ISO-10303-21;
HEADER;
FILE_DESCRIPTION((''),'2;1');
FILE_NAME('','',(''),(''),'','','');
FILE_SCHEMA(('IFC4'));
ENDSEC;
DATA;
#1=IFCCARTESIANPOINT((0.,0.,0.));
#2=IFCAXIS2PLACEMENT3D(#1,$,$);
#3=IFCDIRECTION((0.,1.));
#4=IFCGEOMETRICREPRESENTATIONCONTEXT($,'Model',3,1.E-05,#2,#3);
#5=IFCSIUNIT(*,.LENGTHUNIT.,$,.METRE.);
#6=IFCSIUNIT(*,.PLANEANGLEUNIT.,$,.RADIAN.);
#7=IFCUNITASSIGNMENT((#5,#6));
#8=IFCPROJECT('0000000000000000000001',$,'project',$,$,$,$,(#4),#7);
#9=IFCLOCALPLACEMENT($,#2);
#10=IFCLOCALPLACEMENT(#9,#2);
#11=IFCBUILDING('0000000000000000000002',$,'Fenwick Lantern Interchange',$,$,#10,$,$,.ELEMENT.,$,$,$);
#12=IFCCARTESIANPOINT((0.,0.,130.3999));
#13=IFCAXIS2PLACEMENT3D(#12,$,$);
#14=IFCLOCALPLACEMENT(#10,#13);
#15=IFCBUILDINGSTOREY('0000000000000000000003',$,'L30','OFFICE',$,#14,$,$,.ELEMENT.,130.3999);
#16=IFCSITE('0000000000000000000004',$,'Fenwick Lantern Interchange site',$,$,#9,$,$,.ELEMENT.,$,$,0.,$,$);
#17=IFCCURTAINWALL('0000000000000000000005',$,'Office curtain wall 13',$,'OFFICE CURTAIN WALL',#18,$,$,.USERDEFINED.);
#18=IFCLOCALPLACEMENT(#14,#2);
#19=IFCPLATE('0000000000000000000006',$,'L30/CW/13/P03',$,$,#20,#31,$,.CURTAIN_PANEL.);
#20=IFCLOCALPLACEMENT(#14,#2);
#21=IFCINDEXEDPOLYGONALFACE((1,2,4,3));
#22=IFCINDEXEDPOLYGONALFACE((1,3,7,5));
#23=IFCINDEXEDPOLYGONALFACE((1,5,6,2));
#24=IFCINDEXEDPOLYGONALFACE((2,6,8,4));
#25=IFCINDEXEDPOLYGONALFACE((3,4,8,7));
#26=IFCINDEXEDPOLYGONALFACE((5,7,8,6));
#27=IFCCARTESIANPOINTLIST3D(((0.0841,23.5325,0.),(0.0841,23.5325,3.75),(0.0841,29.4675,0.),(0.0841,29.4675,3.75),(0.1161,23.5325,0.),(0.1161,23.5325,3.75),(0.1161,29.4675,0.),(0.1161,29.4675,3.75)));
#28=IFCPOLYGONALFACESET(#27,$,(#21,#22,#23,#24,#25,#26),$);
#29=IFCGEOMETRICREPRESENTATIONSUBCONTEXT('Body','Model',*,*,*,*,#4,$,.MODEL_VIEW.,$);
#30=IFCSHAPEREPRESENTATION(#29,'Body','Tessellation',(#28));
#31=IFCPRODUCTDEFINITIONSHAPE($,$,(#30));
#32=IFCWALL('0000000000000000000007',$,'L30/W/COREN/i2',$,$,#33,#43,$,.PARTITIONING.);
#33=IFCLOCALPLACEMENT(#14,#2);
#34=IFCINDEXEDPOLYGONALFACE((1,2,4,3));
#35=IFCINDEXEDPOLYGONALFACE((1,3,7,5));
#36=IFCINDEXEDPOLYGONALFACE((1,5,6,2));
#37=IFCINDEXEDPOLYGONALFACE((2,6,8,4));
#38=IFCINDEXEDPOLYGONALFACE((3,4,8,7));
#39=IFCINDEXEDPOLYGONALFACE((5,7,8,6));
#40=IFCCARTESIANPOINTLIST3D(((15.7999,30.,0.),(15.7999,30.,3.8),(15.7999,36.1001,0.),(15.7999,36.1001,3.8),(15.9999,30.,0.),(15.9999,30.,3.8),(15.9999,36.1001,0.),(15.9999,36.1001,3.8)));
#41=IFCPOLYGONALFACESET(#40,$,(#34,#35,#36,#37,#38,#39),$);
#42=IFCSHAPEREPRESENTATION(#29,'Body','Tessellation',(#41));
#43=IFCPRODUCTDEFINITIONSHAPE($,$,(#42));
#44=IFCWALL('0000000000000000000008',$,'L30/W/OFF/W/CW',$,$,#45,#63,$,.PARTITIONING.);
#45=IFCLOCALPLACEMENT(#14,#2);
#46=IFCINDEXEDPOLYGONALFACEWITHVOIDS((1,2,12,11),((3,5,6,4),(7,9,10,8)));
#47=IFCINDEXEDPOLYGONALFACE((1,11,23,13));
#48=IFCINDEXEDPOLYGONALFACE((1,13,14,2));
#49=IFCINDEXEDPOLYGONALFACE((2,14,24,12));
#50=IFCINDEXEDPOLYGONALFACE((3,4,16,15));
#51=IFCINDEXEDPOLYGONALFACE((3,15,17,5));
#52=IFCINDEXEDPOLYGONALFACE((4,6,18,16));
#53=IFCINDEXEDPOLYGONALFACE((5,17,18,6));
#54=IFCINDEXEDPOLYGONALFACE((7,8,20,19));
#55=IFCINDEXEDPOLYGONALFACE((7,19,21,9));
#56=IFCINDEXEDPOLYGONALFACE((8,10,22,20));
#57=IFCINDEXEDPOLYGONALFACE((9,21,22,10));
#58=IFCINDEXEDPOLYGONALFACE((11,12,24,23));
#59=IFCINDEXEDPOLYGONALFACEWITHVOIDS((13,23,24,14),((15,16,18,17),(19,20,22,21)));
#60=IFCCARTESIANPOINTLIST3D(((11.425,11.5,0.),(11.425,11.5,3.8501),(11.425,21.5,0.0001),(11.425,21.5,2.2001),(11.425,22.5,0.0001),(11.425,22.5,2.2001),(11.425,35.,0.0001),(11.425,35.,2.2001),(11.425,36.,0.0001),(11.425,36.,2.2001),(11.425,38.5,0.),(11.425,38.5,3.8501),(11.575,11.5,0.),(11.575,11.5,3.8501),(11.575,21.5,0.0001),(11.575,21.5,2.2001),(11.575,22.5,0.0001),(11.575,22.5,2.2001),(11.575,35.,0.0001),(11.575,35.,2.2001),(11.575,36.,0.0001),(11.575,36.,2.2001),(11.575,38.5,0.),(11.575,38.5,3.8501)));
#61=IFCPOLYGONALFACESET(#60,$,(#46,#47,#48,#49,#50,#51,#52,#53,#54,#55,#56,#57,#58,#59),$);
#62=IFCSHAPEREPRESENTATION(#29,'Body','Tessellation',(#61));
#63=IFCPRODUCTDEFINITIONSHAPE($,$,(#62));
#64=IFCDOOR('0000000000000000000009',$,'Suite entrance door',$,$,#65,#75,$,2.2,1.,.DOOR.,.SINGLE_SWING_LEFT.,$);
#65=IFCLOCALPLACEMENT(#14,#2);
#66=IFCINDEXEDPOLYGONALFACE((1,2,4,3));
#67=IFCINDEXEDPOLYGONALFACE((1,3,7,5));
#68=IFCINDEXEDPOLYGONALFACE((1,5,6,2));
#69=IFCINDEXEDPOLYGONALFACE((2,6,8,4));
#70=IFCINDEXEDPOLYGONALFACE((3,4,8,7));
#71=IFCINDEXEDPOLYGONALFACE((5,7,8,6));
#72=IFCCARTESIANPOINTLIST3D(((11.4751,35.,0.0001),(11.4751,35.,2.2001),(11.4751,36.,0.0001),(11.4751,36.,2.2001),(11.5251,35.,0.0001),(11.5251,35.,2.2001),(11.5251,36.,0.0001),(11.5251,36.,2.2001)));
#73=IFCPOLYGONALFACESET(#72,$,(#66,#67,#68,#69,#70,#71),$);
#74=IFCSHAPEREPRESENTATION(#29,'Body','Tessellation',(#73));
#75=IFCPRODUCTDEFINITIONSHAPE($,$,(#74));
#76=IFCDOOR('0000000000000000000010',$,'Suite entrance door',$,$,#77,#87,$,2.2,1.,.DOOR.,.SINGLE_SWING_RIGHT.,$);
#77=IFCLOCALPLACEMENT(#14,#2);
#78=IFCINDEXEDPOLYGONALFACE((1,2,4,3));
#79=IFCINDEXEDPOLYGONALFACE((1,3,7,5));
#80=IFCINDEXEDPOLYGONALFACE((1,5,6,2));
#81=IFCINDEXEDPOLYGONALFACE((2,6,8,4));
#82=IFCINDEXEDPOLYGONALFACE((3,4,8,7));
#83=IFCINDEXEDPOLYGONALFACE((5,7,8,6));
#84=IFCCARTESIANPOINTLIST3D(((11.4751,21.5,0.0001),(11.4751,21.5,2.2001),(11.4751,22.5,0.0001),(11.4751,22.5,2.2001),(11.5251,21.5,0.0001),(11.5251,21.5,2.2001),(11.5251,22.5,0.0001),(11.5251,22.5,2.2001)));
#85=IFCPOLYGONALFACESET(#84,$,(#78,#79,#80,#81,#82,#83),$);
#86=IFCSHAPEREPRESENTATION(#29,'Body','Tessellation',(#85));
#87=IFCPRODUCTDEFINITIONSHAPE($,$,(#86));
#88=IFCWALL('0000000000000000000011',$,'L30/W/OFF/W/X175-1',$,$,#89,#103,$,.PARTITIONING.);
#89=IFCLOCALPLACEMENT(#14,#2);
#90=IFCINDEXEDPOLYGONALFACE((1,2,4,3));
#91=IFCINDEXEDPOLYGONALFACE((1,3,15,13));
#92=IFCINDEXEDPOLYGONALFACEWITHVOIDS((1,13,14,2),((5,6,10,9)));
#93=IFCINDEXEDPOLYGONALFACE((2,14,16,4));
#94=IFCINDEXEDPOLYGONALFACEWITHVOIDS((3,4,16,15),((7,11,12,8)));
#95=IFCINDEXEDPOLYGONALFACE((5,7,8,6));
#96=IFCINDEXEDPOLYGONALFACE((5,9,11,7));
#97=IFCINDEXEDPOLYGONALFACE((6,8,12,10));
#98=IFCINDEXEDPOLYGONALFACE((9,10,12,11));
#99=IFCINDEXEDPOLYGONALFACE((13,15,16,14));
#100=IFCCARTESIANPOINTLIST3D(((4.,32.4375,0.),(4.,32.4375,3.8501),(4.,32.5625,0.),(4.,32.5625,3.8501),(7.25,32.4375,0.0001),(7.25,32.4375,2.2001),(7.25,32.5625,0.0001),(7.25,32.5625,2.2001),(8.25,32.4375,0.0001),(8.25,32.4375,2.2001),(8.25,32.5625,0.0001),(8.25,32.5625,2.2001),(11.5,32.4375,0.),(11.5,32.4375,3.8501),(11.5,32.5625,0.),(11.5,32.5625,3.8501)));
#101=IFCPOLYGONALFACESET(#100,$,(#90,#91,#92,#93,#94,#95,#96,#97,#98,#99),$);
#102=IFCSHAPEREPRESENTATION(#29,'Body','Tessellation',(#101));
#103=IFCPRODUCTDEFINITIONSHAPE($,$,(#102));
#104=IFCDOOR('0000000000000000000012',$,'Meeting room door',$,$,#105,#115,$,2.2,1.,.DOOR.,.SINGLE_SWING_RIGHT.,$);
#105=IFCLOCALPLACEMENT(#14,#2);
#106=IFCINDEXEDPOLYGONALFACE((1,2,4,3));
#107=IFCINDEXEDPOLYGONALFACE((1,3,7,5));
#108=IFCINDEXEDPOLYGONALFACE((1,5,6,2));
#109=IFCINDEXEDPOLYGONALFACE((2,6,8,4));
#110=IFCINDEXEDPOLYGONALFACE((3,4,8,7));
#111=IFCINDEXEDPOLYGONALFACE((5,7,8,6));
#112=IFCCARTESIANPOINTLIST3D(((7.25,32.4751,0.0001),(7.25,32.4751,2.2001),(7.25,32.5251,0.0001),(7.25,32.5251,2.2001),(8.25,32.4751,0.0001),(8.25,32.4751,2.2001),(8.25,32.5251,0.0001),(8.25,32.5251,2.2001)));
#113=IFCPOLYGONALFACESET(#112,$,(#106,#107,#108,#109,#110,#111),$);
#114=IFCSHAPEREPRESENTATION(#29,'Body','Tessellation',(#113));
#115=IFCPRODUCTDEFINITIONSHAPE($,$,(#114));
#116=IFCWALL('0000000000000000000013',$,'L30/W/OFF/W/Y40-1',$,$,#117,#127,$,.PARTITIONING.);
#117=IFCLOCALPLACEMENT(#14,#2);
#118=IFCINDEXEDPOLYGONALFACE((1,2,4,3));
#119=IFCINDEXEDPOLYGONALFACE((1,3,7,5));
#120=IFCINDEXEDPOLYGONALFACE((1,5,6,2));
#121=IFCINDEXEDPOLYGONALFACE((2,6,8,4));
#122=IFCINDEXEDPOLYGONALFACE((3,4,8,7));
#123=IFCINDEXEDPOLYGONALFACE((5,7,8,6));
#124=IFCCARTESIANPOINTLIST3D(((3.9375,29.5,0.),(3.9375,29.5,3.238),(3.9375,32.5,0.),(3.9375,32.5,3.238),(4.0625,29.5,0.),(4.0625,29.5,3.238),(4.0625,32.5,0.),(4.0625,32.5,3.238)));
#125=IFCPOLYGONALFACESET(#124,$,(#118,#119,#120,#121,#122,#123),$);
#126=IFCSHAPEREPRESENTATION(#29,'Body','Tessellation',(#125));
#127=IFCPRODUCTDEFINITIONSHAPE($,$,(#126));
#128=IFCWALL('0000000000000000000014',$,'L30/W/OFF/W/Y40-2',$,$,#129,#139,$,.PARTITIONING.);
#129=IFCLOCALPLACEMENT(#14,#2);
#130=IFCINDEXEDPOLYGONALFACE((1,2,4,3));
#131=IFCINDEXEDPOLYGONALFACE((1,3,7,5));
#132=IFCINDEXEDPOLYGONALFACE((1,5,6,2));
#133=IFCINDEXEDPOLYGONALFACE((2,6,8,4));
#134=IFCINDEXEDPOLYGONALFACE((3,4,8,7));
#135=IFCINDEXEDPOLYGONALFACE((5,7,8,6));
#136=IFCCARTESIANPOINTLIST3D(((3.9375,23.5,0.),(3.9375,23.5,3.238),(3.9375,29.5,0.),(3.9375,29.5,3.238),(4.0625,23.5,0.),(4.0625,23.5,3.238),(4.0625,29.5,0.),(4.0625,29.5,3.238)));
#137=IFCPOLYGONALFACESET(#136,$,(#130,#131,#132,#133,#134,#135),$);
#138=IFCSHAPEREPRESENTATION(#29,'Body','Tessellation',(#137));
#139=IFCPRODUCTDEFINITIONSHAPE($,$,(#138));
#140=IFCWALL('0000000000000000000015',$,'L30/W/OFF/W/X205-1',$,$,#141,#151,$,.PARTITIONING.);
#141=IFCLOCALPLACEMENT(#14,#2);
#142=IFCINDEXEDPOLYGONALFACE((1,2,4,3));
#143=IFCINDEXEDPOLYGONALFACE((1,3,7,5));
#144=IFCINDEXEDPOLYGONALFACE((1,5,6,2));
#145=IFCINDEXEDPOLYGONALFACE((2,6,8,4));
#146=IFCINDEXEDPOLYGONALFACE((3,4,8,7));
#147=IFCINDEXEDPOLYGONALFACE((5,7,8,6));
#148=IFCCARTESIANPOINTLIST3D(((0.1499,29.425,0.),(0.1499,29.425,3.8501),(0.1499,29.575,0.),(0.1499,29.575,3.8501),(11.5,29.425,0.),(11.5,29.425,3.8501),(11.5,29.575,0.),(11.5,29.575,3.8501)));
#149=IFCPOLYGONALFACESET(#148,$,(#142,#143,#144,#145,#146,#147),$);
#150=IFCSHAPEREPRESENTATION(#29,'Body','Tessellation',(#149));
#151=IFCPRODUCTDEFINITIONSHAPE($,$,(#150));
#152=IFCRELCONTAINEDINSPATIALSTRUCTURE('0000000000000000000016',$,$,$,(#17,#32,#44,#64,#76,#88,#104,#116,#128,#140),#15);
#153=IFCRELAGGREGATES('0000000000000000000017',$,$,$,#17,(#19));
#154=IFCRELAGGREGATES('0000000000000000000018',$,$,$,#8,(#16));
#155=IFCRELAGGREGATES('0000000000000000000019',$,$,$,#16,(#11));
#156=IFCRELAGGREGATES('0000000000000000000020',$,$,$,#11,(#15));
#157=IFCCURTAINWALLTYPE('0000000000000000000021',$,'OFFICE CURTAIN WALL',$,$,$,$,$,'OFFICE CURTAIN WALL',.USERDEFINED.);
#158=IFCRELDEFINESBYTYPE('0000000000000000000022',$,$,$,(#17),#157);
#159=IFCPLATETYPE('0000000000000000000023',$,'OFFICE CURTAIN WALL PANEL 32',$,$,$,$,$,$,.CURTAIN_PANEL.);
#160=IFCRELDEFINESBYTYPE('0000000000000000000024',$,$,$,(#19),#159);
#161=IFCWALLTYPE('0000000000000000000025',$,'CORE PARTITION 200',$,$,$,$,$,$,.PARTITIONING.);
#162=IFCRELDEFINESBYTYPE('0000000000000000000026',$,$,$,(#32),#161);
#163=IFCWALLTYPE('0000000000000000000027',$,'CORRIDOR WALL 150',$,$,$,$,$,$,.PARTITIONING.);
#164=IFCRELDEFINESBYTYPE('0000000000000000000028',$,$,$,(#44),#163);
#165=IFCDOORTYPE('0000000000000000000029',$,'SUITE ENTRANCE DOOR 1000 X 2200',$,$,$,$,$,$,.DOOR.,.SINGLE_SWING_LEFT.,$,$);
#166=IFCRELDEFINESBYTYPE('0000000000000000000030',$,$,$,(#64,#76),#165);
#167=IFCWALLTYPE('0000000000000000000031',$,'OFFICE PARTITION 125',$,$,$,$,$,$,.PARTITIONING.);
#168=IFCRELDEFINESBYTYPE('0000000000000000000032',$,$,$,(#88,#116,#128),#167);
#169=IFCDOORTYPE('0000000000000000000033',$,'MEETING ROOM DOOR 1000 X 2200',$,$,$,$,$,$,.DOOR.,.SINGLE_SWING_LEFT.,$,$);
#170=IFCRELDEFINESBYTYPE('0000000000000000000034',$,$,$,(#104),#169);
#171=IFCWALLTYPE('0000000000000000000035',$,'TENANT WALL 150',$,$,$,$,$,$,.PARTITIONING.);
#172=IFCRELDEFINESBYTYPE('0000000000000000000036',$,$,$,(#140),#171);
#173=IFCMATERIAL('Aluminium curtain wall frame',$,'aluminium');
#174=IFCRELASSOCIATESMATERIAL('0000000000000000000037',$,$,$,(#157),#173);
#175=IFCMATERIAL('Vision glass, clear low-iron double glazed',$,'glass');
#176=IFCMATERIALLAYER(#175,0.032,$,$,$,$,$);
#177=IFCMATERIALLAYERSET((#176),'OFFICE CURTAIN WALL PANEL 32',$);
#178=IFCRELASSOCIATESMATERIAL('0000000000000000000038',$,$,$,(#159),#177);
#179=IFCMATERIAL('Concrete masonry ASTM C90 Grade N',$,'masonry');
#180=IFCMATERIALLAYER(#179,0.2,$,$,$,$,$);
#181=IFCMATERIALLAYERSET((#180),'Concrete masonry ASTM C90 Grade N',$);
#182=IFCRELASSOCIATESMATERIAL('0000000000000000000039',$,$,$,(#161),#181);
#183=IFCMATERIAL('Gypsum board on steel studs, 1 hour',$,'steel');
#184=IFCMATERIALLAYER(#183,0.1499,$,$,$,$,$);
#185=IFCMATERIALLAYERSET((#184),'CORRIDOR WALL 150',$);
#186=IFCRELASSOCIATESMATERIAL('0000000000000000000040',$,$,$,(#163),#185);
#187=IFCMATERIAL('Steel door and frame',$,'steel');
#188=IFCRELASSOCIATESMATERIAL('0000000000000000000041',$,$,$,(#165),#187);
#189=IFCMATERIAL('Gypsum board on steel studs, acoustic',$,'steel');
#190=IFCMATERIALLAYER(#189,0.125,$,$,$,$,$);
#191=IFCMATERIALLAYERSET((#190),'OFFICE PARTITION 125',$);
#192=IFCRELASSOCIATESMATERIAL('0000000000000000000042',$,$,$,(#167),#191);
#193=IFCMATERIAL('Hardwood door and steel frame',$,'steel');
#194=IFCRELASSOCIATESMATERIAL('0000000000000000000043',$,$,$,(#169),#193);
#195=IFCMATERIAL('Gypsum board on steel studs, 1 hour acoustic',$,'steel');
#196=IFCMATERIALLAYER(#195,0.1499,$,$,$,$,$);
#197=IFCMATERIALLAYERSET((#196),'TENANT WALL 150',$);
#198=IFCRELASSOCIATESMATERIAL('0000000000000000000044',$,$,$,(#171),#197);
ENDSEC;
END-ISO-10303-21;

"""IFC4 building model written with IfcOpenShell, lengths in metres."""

from ifc_helpers import new_model, si_unit, direction, frame, frame_2d, origin, origin_2d, place, context, subcontext, project, spatial, rectangle, extrude, material, layer, layer_set, type_object, element, fill, aggregate, save


model = new_model("IFC4")

# Units and contexts
model_context = context("Model", 3, precision=1e-05, world=origin(), true_north=direction((0.0, 1.0)))
body_context = subcontext(model_context, "Body", "Model", "MODEL_VIEW")
ifc_project = project(units=[si_unit("LENGTHUNIT", "METRE"), si_unit("PLANEANGLEUNIT", "RADIAN")], contexts=[model_context])

# Site, building, storey
site_placement = place(None, origin())
site = spatial("IfcSite", under=ifc_project, at=site_placement, Name="Fenwick Lantern Interchange site", CompositionType="ELEMENT", RefElevation=0.0)
building_placement = place(site_placement, origin())
building = spatial("IfcBuilding", under=site, at=building_placement, Name="Fenwick Lantern Interchange", CompositionType="ELEMENT")
storey_placement = place(building_placement, frame((0.0, 0.0, 130.3999)))
storey = spatial("IfcBuildingStorey", under=building, at=storey_placement, Name="L30", Description="OFFICE", CompositionType="ELEMENT", Elevation=130.3999)

# Curtain wall, plate
ifc_material_1 = material(Name="Aluminium curtain wall frame", Category="aluminium")
curtain_wall_type = type_object("IfcCurtainWallType", Name="OFFICE CURTAIN WALL", ElementType="OFFICE CURTAIN WALL", PredefinedType="USERDEFINED", material=ifc_material_1)
curtain_wall_placement = place(storey_placement, origin())
curtain_wall = element("IfcCurtainWall", 1, at=curtain_wall_placement, inside=storey, type_object=curtain_wall_type, Name="Office curtain wall 13", ObjectType="OFFICE CURTAIN WALL", PredefinedType="USERDEFINED")
ifc_material_2 = material(Name="Vision glass, clear low-iron double glazed", Category="glass")
ifc_layer_1 = layer(ifc_material_2, 0.032)
ifc_layer_set_1 = layer_set([ifc_layer_1], Name="OFFICE CURTAIN WALL PANEL 32")
plate_type = type_object("IfcPlateType", Name="OFFICE CURTAIN WALL PANEL 32", PredefinedType="CURTAIN_PANEL", material=ifc_layer_set_1)
plate_placement = place(storey_placement, frame((0.1001, 26.5, 0.0), z_axis=(0.0, 0.0, 1.0), x_axis=(0.0, -1.0, 0.0)))
plate = element("IfcPlate", 2, at=plate_placement, type_object=plate_type, Name="L30/CW/13/P03", PredefinedType="CURTAIN_PANEL", context=body_context, shape_type="SweptSolid", body=[
    extrude(rectangle(XDim=5.9351, YDim=0.032, at=origin_2d()), origin(), (0.0, 0.0, 1.0), 3.75),
])
aggregate(curtain_wall, [plate])

# Wall
ifc_material_3 = material(Name="Concrete masonry ASTM C90 Grade N", Category="masonry")
ifc_layer_2 = layer(ifc_material_3, 0.2)
ifc_layer_set_2 = layer_set([ifc_layer_2], Name="Concrete masonry ASTM C90 Grade N")
wall_type_1 = type_object("IfcWallType", Name="CORE PARTITION 200", PredefinedType="PARTITIONING", material=ifc_layer_set_2)
wall_1_placement = place(storey_placement, frame((15.8999, 36.1001, 0.0), z_axis=(0.0, 0.0, 1.0), x_axis=(0.0, -1.0, 0.0)))
element("IfcWall", 3, at=wall_1_placement, inside=storey, type_object=wall_type_1, Name="L30/W/COREN/i2", PredefinedType="PARTITIONING", context=body_context, shape_type="SweptSolid", body=[
    extrude(rectangle(XDim=6.1001, YDim=0.2, at=frame_2d((3.05, 0.0))), origin(), (0.0, 0.0, 1.0), 3.8),
])

# Wall, openings, doors
ifc_material_4 = material(Name="Steel door and frame", Category="steel")
ifc_material_5 = material(Name="Hardwood door and steel frame", Category="steel")
ifc_material_6 = material(Name="Gypsum board on steel studs, 1 hour", Category="steel")
ifc_layer_3 = layer(ifc_material_6, 0.1499)
ifc_layer_set_3 = layer_set([ifc_layer_3], Name="CORRIDOR WALL 150")
wall_type_2 = type_object("IfcWallType", Name="CORRIDOR WALL 150", PredefinedType="PARTITIONING", material=ifc_layer_set_3)
wall_2_placement = place(storey_placement, frame((11.5, 38.5, 0.0), z_axis=(0.0, 0.0, 1.0), x_axis=(0.0, -1.0, 0.0)))
wall_2 = element("IfcWall", 4, at=wall_2_placement, inside=storey, type_object=wall_type_2, Name="L30/W/OFF/W/CW", PredefinedType="PARTITIONING", context=body_context, shape_type="SweptSolid", body=[
    extrude(rectangle(XDim=27.0, YDim=0.1499, at=frame_2d((13.5, 0.0))), origin(), (0.0, 0.0, 1.0), 3.8501),
])
opening_1_placement = place(wall_2_placement, frame((2.5, 0.0, 0.0)))
opening_1 = element("IfcOpeningElement", 5, at=opening_1_placement, cuts=wall_2, PredefinedType="OPENING", context=body_context, shape_type="SweptSolid", body=[
    extrude(rectangle(XDim=1.0, YDim=2.2, at=frame_2d((0.5, 1.1001))), frame((0.0, 0.085, 0.0), z_axis=(0.0, -1.0, 0.0), x_axis=(1.0, 0.0, 0.0)), (0.0, 0.0, 1.0), 0.1699),
])
opening_2_placement = place(wall_2_placement, frame((16.0, 0.0, 0.0)))
opening_2 = element("IfcOpeningElement", 6, at=opening_2_placement, cuts=wall_2, PredefinedType="OPENING", context=body_context, shape_type="SweptSolid", body=[
    extrude(rectangle(XDim=1.0, YDim=2.2, at=frame_2d((0.5, 1.1001))), frame((0.0, 0.085, 0.0), z_axis=(0.0, -1.0, 0.0), x_axis=(1.0, 0.0, 0.0)), (0.0, 0.0, 1.0), 0.1699),
])
door_type_1 = type_object("IfcDoorType", Name="SUITE ENTRANCE DOOR 1000 X 2200", OperationType="SINGLE_SWING_LEFT", PredefinedType="DOOR", material=ifc_material_4)
door_1_placement = place(opening_1_placement, frame((1.0, 0.0, 0.0), z_axis=(0.0, 0.0, 1.0), x_axis=(-1.0, 0.0, 0.0)))
door_1 = element("IfcDoor", 7, at=door_1_placement, inside=storey, type_object=door_type_1, Name="Suite entrance door", OperationType="SINGLE_SWING_LEFT", OverallHeight=2.2, OverallWidth=1.0, PredefinedType="DOOR", context=body_context, shape_type="SweptSolid", body=[
    extrude(rectangle(XDim=1.0, YDim=2.2, at=frame_2d((0.5, 1.1001))), frame((0.0, 0.0249, 0.0), z_axis=(0.0, -1.0, 0.0), x_axis=(1.0, 0.0, 0.0)), (0.0, 0.0, 1.0), 0.05),
])
fill(opening_1, door_1)
door_2_placement = place(opening_2_placement, frame((1.0, 0.0, 0.0), z_axis=(0.0, 0.0, 1.0), x_axis=(-1.0, 0.0, 0.0)))
door_2 = element("IfcDoor", 8, at=door_2_placement, inside=storey, type_object=door_type_1, Name="Suite entrance door", OperationType="SINGLE_SWING_RIGHT", OverallHeight=2.2, OverallWidth=1.0, PredefinedType="DOOR", context=body_context, shape_type="SweptSolid", body=[
    extrude(rectangle(XDim=1.0, YDim=2.2, at=frame_2d((0.5, 1.1001))), frame((0.0, 0.0249, 0.0), z_axis=(0.0, -1.0, 0.0), x_axis=(1.0, 0.0, 0.0)), (0.0, 0.0, 1.0), 0.05),
])
fill(opening_2, door_2)

# Wall, opening, door
ifc_material_7 = material(Name="Gypsum board on steel studs, acoustic", Category="steel")
ifc_layer_4 = layer(ifc_material_7, 0.125)
ifc_layer_set_4 = layer_set([ifc_layer_4], Name="OFFICE PARTITION 125")
wall_type_3 = type_object("IfcWallType", Name="OFFICE PARTITION 125", PredefinedType="PARTITIONING", material=ifc_layer_set_4)
wall_3_placement = place(storey_placement, frame((4.0, 32.5, 0.0), z_axis=(0.0, 0.0, 1.0), x_axis=(1.0, 0.0, 0.0)))
wall_3 = element("IfcWall", 9, at=wall_3_placement, inside=storey, type_object=wall_type_3, Name="L30/W/OFF/W/X175-1", PredefinedType="PARTITIONING", context=body_context, shape_type="SweptSolid", body=[
    extrude(rectangle(XDim=7.5, YDim=0.125, at=frame_2d((3.75, 0.0))), origin(), (0.0, 0.0, 1.0), 3.8501),
])
opening_3_placement = place(wall_3_placement, frame((3.25, 0.0, 0.0)))
opening_3 = element("IfcOpeningElement", 10, at=opening_3_placement, cuts=wall_3, PredefinedType="OPENING", context=body_context, shape_type="SweptSolid", body=[
    extrude(rectangle(XDim=1.0, YDim=2.2, at=frame_2d((0.5, 1.1001))), frame((0.0, 0.0725, 0.0), z_axis=(0.0, -1.0, 0.0), x_axis=(1.0, 0.0, 0.0)), (0.0, 0.0, 1.0), 0.145),
])
door_type_2 = type_object("IfcDoorType", Name="MEETING ROOM DOOR 1000 X 2200", OperationType="SINGLE_SWING_LEFT", PredefinedType="DOOR", material=ifc_material_5)
door_3_placement = place(opening_3_placement, frame((1.0, 0.0, 0.0), z_axis=(0.0, 0.0, 1.0), x_axis=(-1.0, 0.0, 0.0)))
door_3 = element("IfcDoor", 11, at=door_3_placement, inside=storey, type_object=door_type_2, Name="Meeting room door", OperationType="SINGLE_SWING_RIGHT", OverallHeight=2.2, OverallWidth=1.0, PredefinedType="DOOR", context=body_context, shape_type="SweptSolid", body=[
    extrude(rectangle(XDim=1.0, YDim=2.2, at=frame_2d((0.5, 1.1001))), frame((0.0, 0.0249, 0.0), z_axis=(0.0, -1.0, 0.0), x_axis=(1.0, 0.0, 0.0)), (0.0, 0.0, 1.0), 0.05),
])
fill(opening_3, door_3)

# Walls
wall_4_placement = place(storey_placement, frame((4.0, 32.5, 0.0), z_axis=(0.0, 0.0, 1.0), x_axis=(0.0, -1.0, 0.0)))
element("IfcWall", 12, at=wall_4_placement, inside=storey, type_object=wall_type_3, Name="L30/W/OFF/W/Y40-1", PredefinedType="PARTITIONING", context=body_context, shape_type="SweptSolid", body=[
    extrude(rectangle(XDim=3.0, YDim=0.125, at=frame_2d((1.5, 0.0))), origin(), (0.0, 0.0, 1.0), 3.238),
])
wall_5_placement = place(storey_placement, frame((4.0, 29.5, 0.0), z_axis=(0.0, 0.0, 1.0), x_axis=(0.0, -1.0, 0.0)))
element("IfcWall", 13, at=wall_5_placement, inside=storey, type_object=wall_type_3, Name="L30/W/OFF/W/Y40-2", PredefinedType="PARTITIONING", context=body_context, shape_type="SweptSolid", body=[
    extrude(rectangle(XDim=6.0, YDim=0.125, at=frame_2d((3.0, 0.0))), origin(), (0.0, 0.0, 1.0), 3.238),
])
ifc_material_8 = material(Name="Gypsum board on steel studs, 1 hour acoustic", Category="steel")
ifc_layer_5 = layer(ifc_material_8, 0.1499)
ifc_layer_set_5 = layer_set([ifc_layer_5], Name="TENANT WALL 150")
wall_type_4 = type_object("IfcWallType", Name="TENANT WALL 150", PredefinedType="PARTITIONING", material=ifc_layer_set_5)
wall_6_placement = place(storey_placement, frame((0.1499, 29.5, 0.0), z_axis=(0.0, 0.0, 1.0), x_axis=(1.0, 0.0, 0.0)))
element("IfcWall", 14, at=wall_6_placement, inside=storey, type_object=wall_type_4, Name="L30/W/OFF/W/X205-1", PredefinedType="PARTITIONING", context=body_context, shape_type="SweptSolid", body=[
    extrude(rectangle(XDim=11.3501, YDim=0.1499, at=frame_2d((5.675, 0.0))), origin(), (0.0, 0.0, 1.0), 3.8501),
])

save(model, "model.ifc")
